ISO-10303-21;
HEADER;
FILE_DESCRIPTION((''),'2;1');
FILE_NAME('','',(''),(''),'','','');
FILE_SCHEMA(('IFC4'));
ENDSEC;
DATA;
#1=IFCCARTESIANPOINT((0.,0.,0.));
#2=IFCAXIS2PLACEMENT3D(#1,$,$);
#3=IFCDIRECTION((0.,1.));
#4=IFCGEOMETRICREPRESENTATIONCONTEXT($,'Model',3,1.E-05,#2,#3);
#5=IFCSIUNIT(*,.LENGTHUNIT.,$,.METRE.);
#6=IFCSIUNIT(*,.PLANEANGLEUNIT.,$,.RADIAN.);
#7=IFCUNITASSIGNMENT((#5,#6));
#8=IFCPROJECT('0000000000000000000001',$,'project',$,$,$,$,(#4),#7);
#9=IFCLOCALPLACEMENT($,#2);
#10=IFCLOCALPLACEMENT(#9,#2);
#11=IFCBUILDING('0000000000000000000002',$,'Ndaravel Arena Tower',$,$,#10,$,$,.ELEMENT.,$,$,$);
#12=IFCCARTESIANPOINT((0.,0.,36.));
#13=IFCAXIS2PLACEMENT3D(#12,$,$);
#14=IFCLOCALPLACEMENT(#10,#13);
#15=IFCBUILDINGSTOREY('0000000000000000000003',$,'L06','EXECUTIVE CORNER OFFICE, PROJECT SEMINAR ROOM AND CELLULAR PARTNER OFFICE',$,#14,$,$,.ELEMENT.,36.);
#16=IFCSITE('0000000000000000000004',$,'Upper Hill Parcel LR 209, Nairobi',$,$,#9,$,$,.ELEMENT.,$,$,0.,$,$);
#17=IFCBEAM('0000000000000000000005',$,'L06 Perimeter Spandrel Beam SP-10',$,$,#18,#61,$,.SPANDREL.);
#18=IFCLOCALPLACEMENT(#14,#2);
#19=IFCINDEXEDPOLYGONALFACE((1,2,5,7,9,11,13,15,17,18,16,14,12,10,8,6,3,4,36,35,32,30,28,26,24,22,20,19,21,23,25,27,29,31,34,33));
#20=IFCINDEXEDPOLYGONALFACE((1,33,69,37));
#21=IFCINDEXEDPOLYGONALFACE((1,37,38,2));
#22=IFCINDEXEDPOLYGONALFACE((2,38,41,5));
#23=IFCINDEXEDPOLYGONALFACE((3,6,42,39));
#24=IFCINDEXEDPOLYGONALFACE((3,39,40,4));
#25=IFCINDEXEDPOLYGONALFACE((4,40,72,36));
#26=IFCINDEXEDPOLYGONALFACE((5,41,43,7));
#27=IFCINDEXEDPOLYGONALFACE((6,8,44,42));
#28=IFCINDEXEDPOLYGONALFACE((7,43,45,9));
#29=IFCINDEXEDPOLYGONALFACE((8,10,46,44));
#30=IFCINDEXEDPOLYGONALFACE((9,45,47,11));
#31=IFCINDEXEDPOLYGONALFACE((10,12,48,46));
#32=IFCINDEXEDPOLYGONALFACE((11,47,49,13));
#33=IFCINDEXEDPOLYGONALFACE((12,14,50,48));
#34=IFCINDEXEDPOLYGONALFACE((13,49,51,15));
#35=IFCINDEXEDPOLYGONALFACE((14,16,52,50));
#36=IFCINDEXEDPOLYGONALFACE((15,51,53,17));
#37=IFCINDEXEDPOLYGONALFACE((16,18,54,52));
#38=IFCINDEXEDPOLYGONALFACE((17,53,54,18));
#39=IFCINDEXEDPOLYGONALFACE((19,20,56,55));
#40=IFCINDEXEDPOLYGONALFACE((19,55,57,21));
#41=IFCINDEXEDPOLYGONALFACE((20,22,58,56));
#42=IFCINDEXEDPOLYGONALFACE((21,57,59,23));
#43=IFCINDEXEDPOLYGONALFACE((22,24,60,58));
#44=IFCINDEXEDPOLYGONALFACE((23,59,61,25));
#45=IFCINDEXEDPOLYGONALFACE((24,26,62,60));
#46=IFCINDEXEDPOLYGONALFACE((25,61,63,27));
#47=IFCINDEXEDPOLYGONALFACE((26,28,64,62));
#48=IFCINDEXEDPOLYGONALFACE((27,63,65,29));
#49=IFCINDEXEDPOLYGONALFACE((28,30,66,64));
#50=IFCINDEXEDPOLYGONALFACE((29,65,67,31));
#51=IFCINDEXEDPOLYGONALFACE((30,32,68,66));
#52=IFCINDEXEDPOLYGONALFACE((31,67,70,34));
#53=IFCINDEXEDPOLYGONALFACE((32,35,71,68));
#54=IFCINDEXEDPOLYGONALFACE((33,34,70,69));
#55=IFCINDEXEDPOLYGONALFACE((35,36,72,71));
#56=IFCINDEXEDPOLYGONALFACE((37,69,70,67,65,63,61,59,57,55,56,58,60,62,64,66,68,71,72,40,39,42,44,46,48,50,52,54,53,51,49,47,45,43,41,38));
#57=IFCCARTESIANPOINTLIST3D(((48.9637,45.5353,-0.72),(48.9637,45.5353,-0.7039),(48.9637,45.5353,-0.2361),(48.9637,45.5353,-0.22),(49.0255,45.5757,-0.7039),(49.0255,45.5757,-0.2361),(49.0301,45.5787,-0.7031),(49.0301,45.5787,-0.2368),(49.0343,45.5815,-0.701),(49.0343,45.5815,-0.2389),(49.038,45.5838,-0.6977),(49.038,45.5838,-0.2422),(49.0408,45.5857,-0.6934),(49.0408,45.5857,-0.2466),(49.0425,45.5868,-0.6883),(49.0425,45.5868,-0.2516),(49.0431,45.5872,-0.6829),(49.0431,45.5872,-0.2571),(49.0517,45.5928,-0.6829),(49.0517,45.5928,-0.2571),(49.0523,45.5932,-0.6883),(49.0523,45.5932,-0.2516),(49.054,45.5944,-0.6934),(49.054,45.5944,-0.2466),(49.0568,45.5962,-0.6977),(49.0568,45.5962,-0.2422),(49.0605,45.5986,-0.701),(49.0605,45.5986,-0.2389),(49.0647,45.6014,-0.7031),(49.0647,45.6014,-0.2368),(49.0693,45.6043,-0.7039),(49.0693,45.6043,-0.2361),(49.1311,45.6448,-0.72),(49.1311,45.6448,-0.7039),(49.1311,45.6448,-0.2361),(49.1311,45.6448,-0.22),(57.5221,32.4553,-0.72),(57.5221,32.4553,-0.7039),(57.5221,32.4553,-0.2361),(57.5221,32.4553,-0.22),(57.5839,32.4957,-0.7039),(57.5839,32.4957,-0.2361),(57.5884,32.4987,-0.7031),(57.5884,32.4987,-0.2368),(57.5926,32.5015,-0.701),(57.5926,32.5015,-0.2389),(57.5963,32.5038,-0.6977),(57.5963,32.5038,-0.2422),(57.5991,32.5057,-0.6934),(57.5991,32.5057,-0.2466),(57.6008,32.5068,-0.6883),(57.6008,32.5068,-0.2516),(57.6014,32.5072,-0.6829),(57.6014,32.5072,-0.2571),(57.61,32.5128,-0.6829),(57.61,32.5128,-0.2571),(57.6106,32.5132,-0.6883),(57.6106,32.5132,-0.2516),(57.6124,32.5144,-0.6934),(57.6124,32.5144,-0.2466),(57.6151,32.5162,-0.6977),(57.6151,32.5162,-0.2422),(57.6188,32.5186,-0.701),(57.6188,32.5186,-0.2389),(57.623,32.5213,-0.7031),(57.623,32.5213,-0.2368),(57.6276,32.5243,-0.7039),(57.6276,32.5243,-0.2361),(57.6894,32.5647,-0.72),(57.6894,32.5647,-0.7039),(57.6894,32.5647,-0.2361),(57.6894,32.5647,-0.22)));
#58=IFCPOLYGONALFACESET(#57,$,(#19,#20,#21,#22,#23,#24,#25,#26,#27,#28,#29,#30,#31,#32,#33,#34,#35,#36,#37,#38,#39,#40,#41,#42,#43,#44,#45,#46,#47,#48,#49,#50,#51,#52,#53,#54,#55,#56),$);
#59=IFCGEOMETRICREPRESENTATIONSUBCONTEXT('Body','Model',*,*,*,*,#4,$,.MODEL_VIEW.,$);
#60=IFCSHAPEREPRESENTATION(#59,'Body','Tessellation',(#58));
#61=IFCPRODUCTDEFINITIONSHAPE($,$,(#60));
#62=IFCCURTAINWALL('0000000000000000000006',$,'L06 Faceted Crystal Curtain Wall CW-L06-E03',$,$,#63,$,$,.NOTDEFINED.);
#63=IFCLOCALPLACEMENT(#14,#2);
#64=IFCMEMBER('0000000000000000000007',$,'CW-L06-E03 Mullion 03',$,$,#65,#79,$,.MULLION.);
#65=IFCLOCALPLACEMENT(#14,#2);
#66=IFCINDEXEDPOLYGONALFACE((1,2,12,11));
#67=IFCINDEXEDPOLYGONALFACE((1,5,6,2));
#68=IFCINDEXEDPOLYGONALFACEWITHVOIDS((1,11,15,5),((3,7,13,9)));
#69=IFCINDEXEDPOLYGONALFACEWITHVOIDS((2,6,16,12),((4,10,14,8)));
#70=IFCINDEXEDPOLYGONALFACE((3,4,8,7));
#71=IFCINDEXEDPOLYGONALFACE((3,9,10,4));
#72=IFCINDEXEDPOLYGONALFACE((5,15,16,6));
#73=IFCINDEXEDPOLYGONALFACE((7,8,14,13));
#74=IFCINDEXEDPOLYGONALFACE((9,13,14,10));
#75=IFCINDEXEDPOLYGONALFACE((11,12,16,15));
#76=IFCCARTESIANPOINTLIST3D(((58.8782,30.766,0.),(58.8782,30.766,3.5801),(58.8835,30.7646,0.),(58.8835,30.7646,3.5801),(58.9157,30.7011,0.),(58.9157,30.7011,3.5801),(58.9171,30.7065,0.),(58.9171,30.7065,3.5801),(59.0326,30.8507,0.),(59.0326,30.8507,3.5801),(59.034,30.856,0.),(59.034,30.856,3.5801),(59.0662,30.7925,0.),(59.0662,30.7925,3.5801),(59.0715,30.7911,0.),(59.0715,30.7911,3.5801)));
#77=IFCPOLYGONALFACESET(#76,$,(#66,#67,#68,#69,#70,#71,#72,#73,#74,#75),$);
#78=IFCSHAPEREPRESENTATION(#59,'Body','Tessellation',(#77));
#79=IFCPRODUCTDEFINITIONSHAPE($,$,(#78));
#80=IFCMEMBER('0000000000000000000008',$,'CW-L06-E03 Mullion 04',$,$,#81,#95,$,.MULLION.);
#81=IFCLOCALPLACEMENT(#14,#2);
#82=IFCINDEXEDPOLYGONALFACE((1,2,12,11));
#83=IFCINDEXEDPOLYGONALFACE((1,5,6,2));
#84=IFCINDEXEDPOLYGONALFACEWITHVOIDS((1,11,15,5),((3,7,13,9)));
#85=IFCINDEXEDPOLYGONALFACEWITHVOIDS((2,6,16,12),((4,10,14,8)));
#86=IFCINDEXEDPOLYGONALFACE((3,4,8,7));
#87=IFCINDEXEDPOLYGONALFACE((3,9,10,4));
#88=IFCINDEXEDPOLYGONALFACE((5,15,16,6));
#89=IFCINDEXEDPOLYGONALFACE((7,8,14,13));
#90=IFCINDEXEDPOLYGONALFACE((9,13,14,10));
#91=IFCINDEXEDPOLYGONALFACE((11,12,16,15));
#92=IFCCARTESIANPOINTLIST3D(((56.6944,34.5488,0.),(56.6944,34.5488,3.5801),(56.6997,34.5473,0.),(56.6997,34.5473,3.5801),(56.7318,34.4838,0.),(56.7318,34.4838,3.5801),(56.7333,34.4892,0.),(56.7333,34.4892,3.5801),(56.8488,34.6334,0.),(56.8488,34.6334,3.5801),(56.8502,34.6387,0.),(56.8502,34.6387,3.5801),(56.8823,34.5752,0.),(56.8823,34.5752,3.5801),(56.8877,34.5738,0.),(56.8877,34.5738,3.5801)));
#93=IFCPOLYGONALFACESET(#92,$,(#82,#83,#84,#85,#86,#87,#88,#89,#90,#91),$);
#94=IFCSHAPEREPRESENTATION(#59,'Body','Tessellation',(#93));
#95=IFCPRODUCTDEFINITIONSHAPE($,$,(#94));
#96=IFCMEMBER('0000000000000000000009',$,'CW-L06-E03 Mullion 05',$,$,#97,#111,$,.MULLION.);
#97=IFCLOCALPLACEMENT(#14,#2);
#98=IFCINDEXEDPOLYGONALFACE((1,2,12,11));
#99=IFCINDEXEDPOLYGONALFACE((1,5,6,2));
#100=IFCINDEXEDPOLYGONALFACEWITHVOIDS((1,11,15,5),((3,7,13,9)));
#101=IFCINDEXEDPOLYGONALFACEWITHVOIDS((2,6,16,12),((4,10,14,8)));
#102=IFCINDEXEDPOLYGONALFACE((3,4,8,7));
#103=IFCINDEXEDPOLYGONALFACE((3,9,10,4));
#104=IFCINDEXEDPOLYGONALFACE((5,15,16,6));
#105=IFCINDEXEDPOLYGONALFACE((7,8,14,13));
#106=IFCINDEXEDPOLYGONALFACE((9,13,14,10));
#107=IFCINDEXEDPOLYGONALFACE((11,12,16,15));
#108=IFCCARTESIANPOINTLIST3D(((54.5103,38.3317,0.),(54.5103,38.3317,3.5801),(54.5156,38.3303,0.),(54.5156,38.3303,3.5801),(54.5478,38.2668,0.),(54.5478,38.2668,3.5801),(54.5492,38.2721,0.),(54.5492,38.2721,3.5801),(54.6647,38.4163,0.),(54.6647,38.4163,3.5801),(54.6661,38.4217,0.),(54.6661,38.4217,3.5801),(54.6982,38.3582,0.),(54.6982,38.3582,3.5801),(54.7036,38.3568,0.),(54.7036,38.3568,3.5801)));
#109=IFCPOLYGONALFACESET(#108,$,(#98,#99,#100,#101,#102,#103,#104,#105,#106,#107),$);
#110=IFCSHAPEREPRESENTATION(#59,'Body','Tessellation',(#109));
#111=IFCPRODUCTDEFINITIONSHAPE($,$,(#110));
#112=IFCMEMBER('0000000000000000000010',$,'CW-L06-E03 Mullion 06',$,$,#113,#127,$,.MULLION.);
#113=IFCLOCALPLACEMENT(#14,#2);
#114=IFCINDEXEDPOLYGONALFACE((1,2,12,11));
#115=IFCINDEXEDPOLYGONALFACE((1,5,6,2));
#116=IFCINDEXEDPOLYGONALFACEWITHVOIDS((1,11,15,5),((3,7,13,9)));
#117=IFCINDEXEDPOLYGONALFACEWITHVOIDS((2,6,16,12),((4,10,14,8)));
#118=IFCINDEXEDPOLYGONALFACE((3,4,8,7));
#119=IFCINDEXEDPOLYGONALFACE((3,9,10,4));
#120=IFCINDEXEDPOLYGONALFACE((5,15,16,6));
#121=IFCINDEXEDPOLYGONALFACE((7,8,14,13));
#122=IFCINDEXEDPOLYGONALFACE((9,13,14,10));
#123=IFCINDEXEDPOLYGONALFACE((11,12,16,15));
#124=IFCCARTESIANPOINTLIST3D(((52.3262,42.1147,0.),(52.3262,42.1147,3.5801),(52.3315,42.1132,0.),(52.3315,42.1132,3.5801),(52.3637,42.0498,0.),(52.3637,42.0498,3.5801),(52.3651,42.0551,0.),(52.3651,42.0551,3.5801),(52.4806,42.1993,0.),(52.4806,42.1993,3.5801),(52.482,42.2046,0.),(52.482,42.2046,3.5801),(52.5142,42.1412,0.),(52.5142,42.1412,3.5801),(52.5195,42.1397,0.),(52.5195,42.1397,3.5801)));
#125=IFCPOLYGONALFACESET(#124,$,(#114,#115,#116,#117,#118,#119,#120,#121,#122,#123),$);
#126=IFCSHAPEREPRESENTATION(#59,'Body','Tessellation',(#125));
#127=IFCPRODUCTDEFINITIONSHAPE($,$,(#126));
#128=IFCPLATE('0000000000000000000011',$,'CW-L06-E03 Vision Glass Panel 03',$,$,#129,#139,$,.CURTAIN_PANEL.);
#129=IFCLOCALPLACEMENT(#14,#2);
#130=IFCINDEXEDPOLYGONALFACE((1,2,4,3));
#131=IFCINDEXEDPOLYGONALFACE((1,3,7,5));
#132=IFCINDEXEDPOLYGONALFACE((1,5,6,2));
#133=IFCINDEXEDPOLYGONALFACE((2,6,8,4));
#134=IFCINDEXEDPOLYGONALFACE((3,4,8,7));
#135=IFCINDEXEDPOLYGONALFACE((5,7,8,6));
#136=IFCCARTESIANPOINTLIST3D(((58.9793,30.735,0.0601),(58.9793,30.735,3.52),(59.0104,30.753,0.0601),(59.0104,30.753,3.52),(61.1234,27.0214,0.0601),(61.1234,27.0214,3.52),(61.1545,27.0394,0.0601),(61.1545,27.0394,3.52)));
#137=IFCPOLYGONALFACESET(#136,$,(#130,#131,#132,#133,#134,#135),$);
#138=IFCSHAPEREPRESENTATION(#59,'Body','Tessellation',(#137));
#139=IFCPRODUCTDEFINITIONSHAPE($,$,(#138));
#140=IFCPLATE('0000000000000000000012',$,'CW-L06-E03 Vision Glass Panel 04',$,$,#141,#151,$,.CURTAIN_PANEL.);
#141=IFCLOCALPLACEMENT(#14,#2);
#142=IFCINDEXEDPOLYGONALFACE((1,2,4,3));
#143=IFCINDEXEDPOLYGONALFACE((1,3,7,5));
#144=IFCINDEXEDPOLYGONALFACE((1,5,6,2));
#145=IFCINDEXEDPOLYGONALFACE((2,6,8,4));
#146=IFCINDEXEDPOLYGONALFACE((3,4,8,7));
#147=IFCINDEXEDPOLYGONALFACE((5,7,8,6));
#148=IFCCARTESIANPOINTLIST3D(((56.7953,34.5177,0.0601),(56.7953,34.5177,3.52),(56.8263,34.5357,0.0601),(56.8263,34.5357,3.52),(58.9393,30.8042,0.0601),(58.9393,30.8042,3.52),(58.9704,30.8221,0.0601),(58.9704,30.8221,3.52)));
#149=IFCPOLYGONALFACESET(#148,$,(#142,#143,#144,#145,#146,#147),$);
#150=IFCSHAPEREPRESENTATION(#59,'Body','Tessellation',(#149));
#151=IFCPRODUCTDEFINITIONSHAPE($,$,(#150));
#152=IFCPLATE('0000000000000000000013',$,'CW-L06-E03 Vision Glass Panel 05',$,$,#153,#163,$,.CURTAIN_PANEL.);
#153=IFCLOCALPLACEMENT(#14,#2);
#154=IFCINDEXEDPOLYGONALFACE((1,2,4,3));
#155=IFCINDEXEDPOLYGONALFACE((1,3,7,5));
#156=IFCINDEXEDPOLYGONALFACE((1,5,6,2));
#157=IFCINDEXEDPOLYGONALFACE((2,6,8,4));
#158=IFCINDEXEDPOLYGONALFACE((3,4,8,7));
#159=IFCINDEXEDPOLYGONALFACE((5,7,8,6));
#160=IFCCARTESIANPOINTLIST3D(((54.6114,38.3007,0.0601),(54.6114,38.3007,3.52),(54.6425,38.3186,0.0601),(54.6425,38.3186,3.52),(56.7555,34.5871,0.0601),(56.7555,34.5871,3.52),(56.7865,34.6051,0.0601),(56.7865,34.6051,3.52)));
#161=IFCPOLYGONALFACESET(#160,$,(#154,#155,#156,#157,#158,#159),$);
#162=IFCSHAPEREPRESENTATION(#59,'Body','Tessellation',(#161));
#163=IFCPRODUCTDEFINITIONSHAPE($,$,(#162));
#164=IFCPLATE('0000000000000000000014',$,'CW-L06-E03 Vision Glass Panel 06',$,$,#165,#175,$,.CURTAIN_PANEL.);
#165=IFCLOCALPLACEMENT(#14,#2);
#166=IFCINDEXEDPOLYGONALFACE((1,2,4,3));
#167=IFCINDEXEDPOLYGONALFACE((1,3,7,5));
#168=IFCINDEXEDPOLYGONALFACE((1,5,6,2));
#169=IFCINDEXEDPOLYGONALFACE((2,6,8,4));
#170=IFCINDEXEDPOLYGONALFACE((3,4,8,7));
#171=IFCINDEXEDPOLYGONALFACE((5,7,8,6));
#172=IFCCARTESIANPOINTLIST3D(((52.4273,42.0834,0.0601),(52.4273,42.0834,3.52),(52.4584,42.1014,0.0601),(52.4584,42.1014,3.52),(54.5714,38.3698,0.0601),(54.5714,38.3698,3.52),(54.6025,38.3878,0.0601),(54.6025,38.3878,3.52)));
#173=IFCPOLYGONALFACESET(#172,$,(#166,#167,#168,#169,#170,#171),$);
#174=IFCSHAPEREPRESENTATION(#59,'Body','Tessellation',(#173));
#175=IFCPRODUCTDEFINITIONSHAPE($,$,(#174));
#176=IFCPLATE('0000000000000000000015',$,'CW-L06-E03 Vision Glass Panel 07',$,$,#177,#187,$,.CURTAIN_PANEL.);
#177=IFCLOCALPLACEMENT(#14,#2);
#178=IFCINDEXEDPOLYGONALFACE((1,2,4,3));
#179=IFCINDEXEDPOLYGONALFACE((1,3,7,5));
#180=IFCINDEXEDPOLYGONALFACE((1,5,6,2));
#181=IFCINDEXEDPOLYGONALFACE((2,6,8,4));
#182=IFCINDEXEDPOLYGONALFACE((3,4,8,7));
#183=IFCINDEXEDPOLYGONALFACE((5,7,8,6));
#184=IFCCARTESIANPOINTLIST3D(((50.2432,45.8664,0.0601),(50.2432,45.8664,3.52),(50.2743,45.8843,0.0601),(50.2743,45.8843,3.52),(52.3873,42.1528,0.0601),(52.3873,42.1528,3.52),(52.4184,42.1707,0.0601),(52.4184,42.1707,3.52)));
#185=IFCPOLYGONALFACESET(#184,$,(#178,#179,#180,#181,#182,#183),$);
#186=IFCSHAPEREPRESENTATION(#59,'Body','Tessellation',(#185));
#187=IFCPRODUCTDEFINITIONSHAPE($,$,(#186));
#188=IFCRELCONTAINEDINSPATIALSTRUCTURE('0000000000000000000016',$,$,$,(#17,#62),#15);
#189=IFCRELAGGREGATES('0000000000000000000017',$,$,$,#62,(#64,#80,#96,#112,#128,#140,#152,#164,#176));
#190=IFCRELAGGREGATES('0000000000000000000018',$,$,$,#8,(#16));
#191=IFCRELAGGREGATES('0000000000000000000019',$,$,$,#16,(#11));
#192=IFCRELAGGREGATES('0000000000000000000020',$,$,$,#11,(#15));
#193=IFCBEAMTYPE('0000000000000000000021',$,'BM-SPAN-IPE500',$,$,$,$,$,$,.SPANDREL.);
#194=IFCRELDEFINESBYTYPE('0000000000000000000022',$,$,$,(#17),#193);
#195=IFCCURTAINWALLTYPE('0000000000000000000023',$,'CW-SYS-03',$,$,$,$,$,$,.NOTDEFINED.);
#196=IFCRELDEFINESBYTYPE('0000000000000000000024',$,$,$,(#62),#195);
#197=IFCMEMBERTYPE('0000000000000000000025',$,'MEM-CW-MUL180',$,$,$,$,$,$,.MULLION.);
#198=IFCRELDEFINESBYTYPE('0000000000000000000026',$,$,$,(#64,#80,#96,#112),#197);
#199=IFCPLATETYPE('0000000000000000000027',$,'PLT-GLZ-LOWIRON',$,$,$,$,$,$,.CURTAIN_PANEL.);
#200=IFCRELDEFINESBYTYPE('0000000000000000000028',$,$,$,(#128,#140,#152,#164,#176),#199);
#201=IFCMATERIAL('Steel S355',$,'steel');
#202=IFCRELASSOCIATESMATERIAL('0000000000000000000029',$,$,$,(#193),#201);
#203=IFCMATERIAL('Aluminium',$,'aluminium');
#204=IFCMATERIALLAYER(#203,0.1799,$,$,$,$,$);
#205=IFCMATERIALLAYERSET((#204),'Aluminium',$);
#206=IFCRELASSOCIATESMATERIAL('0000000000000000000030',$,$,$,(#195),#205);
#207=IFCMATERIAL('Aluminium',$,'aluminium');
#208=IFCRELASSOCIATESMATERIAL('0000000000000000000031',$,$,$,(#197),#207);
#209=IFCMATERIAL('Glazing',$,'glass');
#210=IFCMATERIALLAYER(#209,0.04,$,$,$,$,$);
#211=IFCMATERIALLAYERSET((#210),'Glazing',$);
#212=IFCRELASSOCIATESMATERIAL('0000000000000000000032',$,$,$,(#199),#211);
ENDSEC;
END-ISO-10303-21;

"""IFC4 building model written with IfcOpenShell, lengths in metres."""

from ifc_helpers import new_model, si_unit, direction, frame, origin, origin_2d, place, context, subcontext, project, spatial, rectangle, hollow_rectangle, i_section, extrude, material, layer, layer_set, material_profile, profile_set, type_object, element, aggregate, save


model = new_model("IFC4")

# Units and contexts
model_context = context("Model", 3, precision=1e-05, world=origin(), true_north=direction((0.0, 1.0)))
body_context = subcontext(model_context, "Body", "Model", "MODEL_VIEW")
ifc_project = project(units=[si_unit("LENGTHUNIT", "METRE"), si_unit("PLANEANGLEUNIT", "RADIAN")], contexts=[model_context])

# Site, building, storey
site_placement = place(None, origin())
site = spatial("IfcSite", under=ifc_project, at=site_placement, Name="Upper Hill Parcel LR 209, Nairobi", CompositionType="ELEMENT", RefElevation=0.0)
building_placement = place(site_placement, origin())
building = spatial("IfcBuilding", under=site, at=building_placement, Name="Ndaravel Arena Tower", CompositionType="ELEMENT")
storey_placement = place(building_placement, frame((0.0, 0.0, 36.0)))
storey = spatial("IfcBuildingStorey", under=building, at=storey_placement, Name="L06", Description="EXECUTIVE CORNER OFFICE, PROJECT SEMINAR ROOM AND CELLULAR PARTNER OFFICE", CompositionType="ELEMENT", Elevation=36.0)

# Beam
ifc_material_1 = material(Name="Steel S355", Category="steel")
ifc_material_profile_1 = material_profile(ifc_material_1, i_section(OverallWidth=0.2, OverallDepth=0.5, WebThickness=0.0103, FlangeThickness=0.0161, FilletRadius=0.021, at=origin_2d()), Name="IPE 500")
ifc_profile_set_1 = profile_set([ifc_material_profile_1], Name="Steel S355")
beam_type_1 = type_object("IfcBeamType", Name="BM-SPAN-IPE500", PredefinedType="SPANDREL", material=ifc_profile_set_1)
beam_1_placement = place(storey_placement, frame((57.6057, 32.51, -0.47), z_axis=(-0.547518, 0.836794, 0.0), x_axis=(-0.836794, -0.547518, 0.0)))
element("IfcBeam", 1, at=beam_1_placement, inside=storey, type_object=beam_type_1, Name="L06 Perimeter Spandrel Beam SP-10", PredefinedType="SPANDREL", context=body_context, shape_type="SweptSolid", body=[
    extrude(i_section(OverallWidth=0.2, OverallDepth=0.5, WebThickness=0.0103, FlangeThickness=0.0161, FilletRadius=0.021, at=origin_2d()), origin(), (0.0, 0.0, 1.0), 15.6311),
])

# Curtain wall, members, plates
ifc_material_2 = material(Name="Aluminium", Category="aluminium")
ifc_layer_1 = layer(ifc_material_2, 0.1799)
ifc_layer_set_1 = layer_set([ifc_layer_1], Name="Aluminium")
curtain_wall_type = type_object("IfcCurtainWallType", Name="CW-SYS-03", PredefinedType="NOTDEFINED", material=ifc_layer_set_1)
curtain_wall_placement = place(storey_placement, origin())
curtain_wall = element("IfcCurtainWall", 2, at=curtain_wall_placement, inside=storey, type_object=curtain_wall_type, Name="L06 Faceted Crystal Curtain Wall CW-L06-E03", PredefinedType="NOTDEFINED")
ifc_material_3 = material(Name="Aluminium", Category="aluminium")
ifc_material_profile_2 = material_profile(ifc_material_3, hollow_rectangle(XDim=0.075, YDim=0.1799, WallThickness=0.0039, at=origin_2d()), Name="CW MULLION 75x180x4")
ifc_profile_set_2 = profile_set([ifc_material_profile_2], Name="Aluminium")
member_type = type_object("IfcMemberType", Name="MEM-CW-MUL180", PredefinedType="MULLION", material=ifc_profile_set_2)
member_1_placement = place(storey_placement, frame((58.9749, 30.7786, 0.0), z_axis=(0.0, 0.0, 1.0), x_axis=(-0.5, 0.866025, 0.0)))
member_1 = element("IfcMember", 3, at=member_1_placement, type_object=member_type, Name="CW-L06-E03 Mullion 03", PredefinedType="MULLION", context=body_context, shape_type="SweptSolid", body=[
    extrude(hollow_rectangle(XDim=0.075, YDim=0.1799, WallThickness=0.0039, at=origin_2d()), origin(), (0.0, 0.0, 1.0), 3.5801),
])
member_2_placement = place(storey_placement, frame((56.791, 34.5613, 0.0), z_axis=(0.0, 0.0, 1.0), x_axis=(-0.5, 0.866025, 0.0)))
member_2 = element("IfcMember", 4, at=member_2_placement, type_object=member_type, Name="CW-L06-E03 Mullion 04", PredefinedType="MULLION", context=body_context, shape_type="SweptSolid", body=[
    extrude(hollow_rectangle(XDim=0.075, YDim=0.1799, WallThickness=0.0039, at=origin_2d()), origin(), (0.0, 0.0, 1.0), 3.5801),
])
member_3_placement = place(storey_placement, frame((54.6069, 38.3442, 0.0), z_axis=(0.0, 0.0, 1.0), x_axis=(-0.5, 0.866025, 0.0)))
member_3 = element("IfcMember", 5, at=member_3_placement, type_object=member_type, Name="CW-L06-E03 Mullion 05", PredefinedType="MULLION", context=body_context, shape_type="SweptSolid", body=[
    extrude(hollow_rectangle(XDim=0.075, YDim=0.1799, WallThickness=0.0039, at=origin_2d()), origin(), (0.0, 0.0, 1.0), 3.5801),
])
member_4_placement = place(storey_placement, frame((52.4229, 42.1272, 0.0), z_axis=(0.0, 0.0, 1.0), x_axis=(-0.5, 0.866025, 0.0)))
member_4 = element("IfcMember", 6, at=member_4_placement, type_object=member_type, Name="CW-L06-E03 Mullion 06", PredefinedType="MULLION", context=body_context, shape_type="SweptSolid", body=[
    extrude(hollow_rectangle(XDim=0.075, YDim=0.1799, WallThickness=0.0039, at=origin_2d()), origin(), (0.0, 0.0, 1.0), 3.5801),
])
ifc_material_4 = material(Name="Glazing", Category="glass")
ifc_layer_2 = layer(ifc_material_4, 0.04)
ifc_layer_set_2 = layer_set([ifc_layer_2], Name="Glazing")
plate_type = type_object("IfcPlateType", Name="PLT-GLZ-LOWIRON", PredefinedType="CURTAIN_PANEL", material=ifc_layer_set_2)
plate_1_placement = place(storey_placement, frame((60.0669, 28.8872, 0.0601), z_axis=(0.0, 0.0, 1.0), x_axis=(-0.5, 0.866025, 0.0)))
plate_1 = element("IfcPlate", 7, at=plate_1_placement, type_object=plate_type, Name="CW-L06-E03 Vision Glass Panel 03", PredefinedType="CURTAIN_PANEL", context=body_context, shape_type="SweptSolid", body=[
    extrude(rectangle(XDim=4.2881, YDim=0.0359, at=origin_2d()), origin(), (0.0, 0.0, 1.0), 3.46),
])
plate_2_placement = place(storey_placement, frame((57.8828, 32.6699, 0.0601), z_axis=(0.0, 0.0, 1.0), x_axis=(-0.5, 0.866025, 0.0)))
plate_2 = element("IfcPlate", 8, at=plate_2_placement, type_object=plate_type, Name="CW-L06-E03 Vision Glass Panel 04", PredefinedType="CURTAIN_PANEL", context=body_context, shape_type="SweptSolid", body=[
    extrude(rectangle(XDim=4.2881, YDim=0.0359, at=origin_2d()), origin(), (0.0, 0.0, 1.0), 3.46),
])
plate_3_placement = place(storey_placement, frame((55.699, 36.4529, 0.0601), z_axis=(0.0, 0.0, 1.0), x_axis=(-0.5, 0.866025, 0.0)))
plate_3 = element("IfcPlate", 9, at=plate_3_placement, type_object=plate_type, Name="CW-L06-E03 Vision Glass Panel 05", PredefinedType="CURTAIN_PANEL", context=body_context, shape_type="SweptSolid", body=[
    extrude(rectangle(XDim=4.2881, YDim=0.0359, at=origin_2d()), origin(), (0.0, 0.0, 1.0), 3.46),
])
plate_4_placement = place(storey_placement, frame((53.5149, 40.2356, 0.0601), z_axis=(0.0, 0.0, 1.0), x_axis=(-0.5, 0.866025, 0.0)))
plate_4 = element("IfcPlate", 10, at=plate_4_placement, type_object=plate_type, Name="CW-L06-E03 Vision Glass Panel 06", PredefinedType="CURTAIN_PANEL", context=body_context, shape_type="SweptSolid", body=[
    extrude(rectangle(XDim=4.2881, YDim=0.0359, at=origin_2d()), origin(), (0.0, 0.0, 1.0), 3.46),
])
plate_5_placement = place(storey_placement, frame((51.3308, 44.0186, 0.0601), z_axis=(0.0, 0.0, 1.0), x_axis=(-0.5, 0.866025, 0.0)))
plate_5 = element("IfcPlate", 11, at=plate_5_placement, type_object=plate_type, Name="CW-L06-E03 Vision Glass Panel 07", PredefinedType="CURTAIN_PANEL", context=body_context, shape_type="SweptSolid", body=[
    extrude(rectangle(XDim=4.2881, YDim=0.0359, at=origin_2d()), origin(), (0.0, 0.0, 1.0), 3.46),
])
aggregate(curtain_wall, [member_1, member_2, member_3, member_4, plate_1, plate_2, plate_3, plate_4, plate_5])

save(model, "model.ifc")
